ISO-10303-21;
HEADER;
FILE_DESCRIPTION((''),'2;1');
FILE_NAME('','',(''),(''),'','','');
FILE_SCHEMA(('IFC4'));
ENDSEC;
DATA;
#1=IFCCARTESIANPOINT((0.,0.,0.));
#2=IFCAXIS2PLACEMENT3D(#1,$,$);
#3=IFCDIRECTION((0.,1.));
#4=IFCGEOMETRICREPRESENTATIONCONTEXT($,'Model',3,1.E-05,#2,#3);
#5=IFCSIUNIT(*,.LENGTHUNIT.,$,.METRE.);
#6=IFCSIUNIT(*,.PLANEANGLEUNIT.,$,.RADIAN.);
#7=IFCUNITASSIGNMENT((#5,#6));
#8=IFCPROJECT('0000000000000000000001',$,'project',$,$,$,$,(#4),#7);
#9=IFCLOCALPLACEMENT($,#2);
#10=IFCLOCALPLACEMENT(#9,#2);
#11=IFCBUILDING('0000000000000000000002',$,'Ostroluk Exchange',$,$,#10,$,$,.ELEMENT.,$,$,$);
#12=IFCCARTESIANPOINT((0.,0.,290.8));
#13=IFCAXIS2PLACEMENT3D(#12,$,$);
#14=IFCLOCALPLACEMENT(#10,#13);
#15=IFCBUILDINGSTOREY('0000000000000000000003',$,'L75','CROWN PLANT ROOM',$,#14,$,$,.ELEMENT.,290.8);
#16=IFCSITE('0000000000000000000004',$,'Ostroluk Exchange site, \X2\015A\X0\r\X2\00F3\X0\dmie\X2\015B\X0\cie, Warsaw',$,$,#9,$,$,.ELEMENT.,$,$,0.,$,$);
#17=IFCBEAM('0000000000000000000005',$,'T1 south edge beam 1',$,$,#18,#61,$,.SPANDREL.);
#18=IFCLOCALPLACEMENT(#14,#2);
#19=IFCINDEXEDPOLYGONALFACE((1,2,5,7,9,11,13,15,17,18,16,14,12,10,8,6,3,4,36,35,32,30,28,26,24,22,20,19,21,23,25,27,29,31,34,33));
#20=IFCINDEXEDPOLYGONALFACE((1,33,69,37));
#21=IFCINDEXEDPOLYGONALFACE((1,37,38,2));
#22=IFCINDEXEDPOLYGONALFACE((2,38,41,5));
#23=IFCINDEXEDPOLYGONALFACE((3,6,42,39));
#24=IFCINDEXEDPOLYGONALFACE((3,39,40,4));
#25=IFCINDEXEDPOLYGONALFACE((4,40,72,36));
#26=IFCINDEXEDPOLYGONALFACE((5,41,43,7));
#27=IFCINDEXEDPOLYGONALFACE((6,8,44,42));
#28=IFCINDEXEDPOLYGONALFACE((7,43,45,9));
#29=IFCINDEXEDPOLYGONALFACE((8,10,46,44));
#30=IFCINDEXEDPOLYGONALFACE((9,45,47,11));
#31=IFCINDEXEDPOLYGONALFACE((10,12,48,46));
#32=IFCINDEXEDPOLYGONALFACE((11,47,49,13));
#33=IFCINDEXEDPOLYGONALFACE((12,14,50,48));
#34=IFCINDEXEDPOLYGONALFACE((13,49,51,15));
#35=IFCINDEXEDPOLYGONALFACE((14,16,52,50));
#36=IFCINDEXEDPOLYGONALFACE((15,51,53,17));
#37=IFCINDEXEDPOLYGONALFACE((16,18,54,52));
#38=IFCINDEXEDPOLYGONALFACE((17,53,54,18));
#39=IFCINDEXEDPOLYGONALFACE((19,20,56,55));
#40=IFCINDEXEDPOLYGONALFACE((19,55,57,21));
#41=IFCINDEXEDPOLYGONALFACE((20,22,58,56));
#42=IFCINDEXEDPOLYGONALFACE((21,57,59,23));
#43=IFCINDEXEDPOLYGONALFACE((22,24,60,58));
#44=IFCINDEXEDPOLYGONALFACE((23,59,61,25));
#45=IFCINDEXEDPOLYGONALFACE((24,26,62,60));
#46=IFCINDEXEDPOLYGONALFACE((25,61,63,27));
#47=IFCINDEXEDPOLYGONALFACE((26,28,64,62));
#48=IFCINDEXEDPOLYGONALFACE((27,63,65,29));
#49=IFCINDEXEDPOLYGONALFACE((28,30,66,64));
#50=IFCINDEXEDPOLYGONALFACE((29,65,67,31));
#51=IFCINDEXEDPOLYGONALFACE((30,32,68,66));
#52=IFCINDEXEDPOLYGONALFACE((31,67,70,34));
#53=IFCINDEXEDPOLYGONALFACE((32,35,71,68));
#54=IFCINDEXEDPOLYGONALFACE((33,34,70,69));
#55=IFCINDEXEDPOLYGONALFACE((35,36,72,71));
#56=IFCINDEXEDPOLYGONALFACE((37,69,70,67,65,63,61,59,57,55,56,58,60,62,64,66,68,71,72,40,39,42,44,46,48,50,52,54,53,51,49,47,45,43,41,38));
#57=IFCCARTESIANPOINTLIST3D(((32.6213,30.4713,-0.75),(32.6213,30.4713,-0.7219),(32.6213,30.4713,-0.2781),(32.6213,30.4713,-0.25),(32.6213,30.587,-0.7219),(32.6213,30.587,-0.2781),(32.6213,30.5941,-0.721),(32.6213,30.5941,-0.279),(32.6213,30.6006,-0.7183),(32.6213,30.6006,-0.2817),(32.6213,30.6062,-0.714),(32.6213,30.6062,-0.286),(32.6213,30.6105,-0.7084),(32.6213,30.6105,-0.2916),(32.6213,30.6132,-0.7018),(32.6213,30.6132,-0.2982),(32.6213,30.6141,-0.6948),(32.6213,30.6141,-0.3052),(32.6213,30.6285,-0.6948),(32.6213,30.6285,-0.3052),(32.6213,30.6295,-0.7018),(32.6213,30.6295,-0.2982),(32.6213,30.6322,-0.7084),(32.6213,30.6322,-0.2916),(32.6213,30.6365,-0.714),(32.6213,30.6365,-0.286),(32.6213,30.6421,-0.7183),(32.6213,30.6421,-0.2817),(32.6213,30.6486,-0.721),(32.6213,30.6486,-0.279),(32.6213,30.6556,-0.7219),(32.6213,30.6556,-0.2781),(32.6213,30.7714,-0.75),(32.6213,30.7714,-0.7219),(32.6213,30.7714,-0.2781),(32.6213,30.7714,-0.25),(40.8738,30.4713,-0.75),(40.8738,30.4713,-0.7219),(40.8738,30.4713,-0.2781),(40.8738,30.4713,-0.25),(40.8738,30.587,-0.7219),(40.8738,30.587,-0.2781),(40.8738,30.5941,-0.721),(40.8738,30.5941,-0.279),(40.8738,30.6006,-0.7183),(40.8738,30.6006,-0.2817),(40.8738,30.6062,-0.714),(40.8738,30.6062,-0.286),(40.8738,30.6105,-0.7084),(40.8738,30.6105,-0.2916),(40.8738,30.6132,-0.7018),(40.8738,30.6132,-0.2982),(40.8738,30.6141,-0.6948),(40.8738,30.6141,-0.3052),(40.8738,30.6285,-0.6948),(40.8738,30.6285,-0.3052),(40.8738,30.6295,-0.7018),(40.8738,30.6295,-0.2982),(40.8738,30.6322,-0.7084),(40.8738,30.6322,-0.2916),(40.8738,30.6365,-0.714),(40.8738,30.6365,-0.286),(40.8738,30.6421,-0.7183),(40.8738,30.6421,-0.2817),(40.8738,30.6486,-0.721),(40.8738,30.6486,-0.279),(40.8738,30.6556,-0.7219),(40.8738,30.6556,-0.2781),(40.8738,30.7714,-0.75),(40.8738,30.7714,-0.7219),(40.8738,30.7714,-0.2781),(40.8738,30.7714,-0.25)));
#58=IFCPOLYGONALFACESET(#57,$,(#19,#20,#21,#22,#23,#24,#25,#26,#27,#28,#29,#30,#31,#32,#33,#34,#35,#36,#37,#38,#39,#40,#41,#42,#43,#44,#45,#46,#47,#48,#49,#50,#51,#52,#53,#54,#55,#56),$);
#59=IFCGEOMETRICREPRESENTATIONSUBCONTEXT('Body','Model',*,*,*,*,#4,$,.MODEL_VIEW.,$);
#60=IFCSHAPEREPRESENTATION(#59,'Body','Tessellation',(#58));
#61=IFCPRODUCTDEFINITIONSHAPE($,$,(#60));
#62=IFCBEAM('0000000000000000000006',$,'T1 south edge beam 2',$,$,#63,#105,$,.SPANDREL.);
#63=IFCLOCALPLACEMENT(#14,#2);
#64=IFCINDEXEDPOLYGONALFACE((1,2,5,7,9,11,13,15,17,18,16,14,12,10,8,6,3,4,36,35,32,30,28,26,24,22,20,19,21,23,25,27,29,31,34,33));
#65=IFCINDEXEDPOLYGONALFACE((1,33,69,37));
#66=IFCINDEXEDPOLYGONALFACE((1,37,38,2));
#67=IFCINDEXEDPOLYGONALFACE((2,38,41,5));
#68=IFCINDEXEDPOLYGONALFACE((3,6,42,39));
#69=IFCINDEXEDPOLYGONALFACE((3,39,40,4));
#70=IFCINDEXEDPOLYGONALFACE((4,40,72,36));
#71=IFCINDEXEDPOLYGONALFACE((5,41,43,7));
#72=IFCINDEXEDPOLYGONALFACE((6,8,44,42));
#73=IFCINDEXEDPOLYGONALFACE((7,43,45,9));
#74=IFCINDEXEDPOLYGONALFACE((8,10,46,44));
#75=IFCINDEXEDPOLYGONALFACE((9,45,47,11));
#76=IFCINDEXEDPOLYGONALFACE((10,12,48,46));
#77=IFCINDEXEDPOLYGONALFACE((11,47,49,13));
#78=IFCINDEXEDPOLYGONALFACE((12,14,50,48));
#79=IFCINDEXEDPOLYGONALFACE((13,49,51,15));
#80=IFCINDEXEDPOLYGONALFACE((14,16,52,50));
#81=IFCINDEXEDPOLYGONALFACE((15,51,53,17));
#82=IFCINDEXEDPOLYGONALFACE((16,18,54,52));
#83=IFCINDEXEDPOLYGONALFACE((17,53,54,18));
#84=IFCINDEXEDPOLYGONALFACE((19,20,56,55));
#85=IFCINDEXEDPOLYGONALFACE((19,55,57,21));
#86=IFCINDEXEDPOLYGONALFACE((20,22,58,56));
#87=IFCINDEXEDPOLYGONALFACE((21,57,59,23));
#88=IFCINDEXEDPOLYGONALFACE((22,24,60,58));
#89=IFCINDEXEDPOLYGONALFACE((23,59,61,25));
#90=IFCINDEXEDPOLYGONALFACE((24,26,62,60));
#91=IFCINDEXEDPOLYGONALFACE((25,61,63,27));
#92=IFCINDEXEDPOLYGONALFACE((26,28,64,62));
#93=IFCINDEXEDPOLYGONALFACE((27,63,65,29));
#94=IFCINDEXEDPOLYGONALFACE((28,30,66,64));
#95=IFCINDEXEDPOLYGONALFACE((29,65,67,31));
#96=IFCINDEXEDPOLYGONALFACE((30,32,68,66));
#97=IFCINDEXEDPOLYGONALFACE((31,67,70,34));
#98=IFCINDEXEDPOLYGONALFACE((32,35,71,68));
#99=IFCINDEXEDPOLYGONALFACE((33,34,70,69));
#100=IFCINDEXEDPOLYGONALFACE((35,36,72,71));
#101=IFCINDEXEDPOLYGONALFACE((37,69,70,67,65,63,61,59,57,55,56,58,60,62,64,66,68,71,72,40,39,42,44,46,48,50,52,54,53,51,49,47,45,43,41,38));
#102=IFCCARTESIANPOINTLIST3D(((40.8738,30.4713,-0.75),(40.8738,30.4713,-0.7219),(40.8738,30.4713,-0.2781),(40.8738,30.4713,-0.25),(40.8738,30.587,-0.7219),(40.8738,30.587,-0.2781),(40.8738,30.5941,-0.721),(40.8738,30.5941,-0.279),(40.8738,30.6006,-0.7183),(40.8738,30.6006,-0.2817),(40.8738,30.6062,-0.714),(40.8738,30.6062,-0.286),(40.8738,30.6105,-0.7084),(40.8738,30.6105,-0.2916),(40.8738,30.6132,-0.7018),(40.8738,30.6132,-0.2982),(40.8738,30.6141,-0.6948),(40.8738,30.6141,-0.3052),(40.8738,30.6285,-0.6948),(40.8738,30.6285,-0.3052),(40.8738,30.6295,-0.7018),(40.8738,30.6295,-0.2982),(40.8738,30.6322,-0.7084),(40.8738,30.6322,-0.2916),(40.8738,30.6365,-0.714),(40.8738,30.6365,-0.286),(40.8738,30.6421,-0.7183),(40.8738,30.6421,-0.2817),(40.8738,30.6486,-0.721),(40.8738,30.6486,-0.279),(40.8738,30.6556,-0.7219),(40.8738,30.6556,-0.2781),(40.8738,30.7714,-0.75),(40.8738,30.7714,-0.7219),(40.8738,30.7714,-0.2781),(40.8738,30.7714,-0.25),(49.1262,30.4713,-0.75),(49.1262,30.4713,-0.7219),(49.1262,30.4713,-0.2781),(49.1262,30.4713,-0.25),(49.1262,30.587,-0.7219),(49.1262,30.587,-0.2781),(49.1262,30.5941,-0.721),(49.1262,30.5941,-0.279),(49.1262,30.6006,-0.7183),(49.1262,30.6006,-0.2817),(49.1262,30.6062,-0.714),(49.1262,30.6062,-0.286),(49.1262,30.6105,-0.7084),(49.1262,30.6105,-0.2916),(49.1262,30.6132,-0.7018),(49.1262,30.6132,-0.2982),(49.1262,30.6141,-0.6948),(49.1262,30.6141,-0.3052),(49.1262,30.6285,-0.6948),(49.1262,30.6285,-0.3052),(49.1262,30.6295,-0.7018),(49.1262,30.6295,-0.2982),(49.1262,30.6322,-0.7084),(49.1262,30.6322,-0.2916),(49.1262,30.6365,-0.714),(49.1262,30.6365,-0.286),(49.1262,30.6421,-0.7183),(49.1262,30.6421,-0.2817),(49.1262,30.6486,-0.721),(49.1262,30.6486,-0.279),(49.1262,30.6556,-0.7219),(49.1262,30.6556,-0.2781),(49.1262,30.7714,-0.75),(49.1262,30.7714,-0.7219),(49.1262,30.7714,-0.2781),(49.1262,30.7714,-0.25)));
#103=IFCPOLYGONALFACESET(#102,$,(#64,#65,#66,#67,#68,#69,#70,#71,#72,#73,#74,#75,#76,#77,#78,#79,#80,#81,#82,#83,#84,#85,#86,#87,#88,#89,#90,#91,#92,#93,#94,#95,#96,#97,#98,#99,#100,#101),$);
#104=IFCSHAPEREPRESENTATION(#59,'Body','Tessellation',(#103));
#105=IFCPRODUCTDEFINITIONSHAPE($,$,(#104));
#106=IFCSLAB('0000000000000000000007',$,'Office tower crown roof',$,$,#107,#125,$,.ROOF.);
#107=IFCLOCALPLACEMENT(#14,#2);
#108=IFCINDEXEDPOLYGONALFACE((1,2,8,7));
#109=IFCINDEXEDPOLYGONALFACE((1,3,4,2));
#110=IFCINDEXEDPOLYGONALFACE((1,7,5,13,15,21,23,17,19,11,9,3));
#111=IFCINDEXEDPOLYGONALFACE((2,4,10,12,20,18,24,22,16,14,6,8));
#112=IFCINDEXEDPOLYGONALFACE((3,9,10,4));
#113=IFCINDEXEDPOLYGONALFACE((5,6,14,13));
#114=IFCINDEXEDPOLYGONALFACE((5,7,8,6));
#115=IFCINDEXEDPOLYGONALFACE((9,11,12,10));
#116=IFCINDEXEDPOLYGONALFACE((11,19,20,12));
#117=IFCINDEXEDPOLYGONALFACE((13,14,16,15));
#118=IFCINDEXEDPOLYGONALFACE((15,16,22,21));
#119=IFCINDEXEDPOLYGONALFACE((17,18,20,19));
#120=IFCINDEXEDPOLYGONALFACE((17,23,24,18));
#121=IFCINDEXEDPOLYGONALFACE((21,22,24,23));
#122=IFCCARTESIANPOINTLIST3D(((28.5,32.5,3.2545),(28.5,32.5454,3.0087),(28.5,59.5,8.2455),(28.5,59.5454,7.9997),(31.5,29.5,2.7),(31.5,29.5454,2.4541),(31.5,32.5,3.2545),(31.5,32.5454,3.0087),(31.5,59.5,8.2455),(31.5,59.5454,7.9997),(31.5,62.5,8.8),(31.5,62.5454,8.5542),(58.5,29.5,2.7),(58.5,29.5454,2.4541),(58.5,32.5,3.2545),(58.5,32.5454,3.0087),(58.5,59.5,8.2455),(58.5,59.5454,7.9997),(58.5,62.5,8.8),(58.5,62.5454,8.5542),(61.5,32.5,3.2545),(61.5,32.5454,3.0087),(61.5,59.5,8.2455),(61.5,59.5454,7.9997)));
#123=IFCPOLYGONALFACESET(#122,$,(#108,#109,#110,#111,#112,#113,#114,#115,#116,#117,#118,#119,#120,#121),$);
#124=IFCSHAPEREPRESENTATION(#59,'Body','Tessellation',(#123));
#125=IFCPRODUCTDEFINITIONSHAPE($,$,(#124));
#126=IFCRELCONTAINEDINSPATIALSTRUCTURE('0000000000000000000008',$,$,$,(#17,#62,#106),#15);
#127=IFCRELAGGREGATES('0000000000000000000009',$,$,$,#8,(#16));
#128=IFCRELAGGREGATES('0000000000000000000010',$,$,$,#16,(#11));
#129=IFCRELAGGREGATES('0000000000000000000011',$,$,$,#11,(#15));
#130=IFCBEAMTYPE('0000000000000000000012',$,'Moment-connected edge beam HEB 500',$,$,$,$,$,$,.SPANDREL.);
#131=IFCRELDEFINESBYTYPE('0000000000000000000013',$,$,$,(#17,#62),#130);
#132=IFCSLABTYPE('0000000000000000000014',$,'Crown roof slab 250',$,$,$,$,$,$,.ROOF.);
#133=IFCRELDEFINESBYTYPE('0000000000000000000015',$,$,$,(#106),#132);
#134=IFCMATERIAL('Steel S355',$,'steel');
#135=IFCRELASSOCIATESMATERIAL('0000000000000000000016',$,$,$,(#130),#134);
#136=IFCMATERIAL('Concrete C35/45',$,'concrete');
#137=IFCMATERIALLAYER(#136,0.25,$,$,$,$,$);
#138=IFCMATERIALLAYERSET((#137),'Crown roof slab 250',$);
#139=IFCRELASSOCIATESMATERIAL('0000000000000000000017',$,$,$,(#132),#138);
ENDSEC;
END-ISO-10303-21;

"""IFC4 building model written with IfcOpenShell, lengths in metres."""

from ifc_helpers import new_model, si_unit, direction, frame, origin, origin_2d, place, context, subcontext, project, spatial, polyline, i_section, outline, extrude, material, layer, layer_set, material_profile, profile_set, type_object, element, save


model = new_model("IFC4")

# Units and contexts
model_context = context("Model", 3, precision=1e-05, world=origin(), true_north=direction((0.0, 1.0)))
body_context = subcontext(model_context, "Body", "Model", "MODEL_VIEW")
ifc_project = project(units=[si_unit("LENGTHUNIT", "METRE"), si_unit("PLANEANGLEUNIT", "RADIAN")], contexts=[model_context])

# Site, building, storey
site_placement = place(None, origin())
site = spatial("IfcSite", under=ifc_project, at=site_placement, Name="Ostroluk Exchange site, Śródmieście, Warsaw", CompositionType="ELEMENT", RefElevation=0.0)
building_placement = place(site_placement, origin())
building = spatial("IfcBuilding", under=site, at=building_placement, Name="Ostroluk Exchange", CompositionType="ELEMENT")
storey_placement = place(building_placement, frame((0.0, 0.0, 290.8)))
storey = spatial("IfcBuildingStorey", under=building, at=storey_placement, Name="L75", Description="CROWN PLANT ROOM", CompositionType="ELEMENT", Elevation=290.8)

# Beams
ifc_material_1 = material(Name="Steel S355", Category="steel")
ifc_material_profile_1 = material_profile(ifc_material_1, i_section(OverallWidth=0.3, OverallDepth=0.5, WebThickness=0.0144, FlangeThickness=0.0281, FilletRadius=0.0271, at=origin_2d()), Name="HEB 500")
ifc_profile_set_1 = profile_set([ifc_material_profile_1], Name="Steel S355")
beam_type_1 = type_object("IfcBeamType", Name="Moment-connected edge beam HEB 500", PredefinedType="SPANDREL", material=ifc_profile_set_1)
for number, where, z_axis, x_axis, name in (
    (1, (32.6213, 30.6213, -0.5), (1.0, 0.0, 0.0), (0.0, 1.0, 0.0), "T1 south edge beam 1"),
    (2, (40.8738, 30.6213, -0.5), (1.0, 0.0, 0.0), (0.0, 1.0, 0.0), "T1 south edge beam 2"),
):
    element("IfcBeam", number, at=place(storey_placement, frame(where, z_axis=z_axis, x_axis=x_axis)), inside=storey, type_object=beam_type_1, Name=name, PredefinedType="SPANDREL", context=body_context, shape_type="SweptSolid", body=[
        extrude(i_section(OverallWidth=0.3, OverallDepth=0.5, WebThickness=0.0144, FlangeThickness=0.0281, FilletRadius=0.0271, at=origin_2d()), origin(), (0.0, 0.0, 1.0), 8.2524),
    ])

# Slab
ifc_material_2 = material(Name="Concrete C35/45", Category="concrete")
ifc_layer_1 = layer(ifc_material_2, 0.25)
ifc_layer_set_1 = layer_set([ifc_layer_1], Name="Crown roof slab 250")
slab_type_1 = type_object("IfcSlabType", Name="Crown roof slab 250", PredefinedType="ROOF", material=ifc_layer_set_1)
slab_1_placement = place(storey_placement, frame((31.5, 29.5, 2.7), z_axis=(0.0, -0.181772, 0.983341), x_axis=(1.0, 0.0, 0.0)))
element("IfcSlab", 3, at=slab_1_placement, inside=storey, type_object=slab_type_1, Name="Office tower crown roof", PredefinedType="ROOF", context=body_context, shape_type="SweptSolid", body=[
    extrude(outline(polyline([(0.0, 0.0), (27.0, 0.0), (27.0, 3.0508), (30.0, 3.0508), (30.0, 30.5082), (27.0, 30.5082), (27.0, 33.5591), (0.0, 33.5591), (0.0, 30.5082), (-3.0, 30.5082), (-3.0, 3.0508), (0.0, 3.0508), (0.0, 0.0)])), origin(), (0.0, 0.0, -1.0), 0.25),
])

save(model, "model.ifc")
